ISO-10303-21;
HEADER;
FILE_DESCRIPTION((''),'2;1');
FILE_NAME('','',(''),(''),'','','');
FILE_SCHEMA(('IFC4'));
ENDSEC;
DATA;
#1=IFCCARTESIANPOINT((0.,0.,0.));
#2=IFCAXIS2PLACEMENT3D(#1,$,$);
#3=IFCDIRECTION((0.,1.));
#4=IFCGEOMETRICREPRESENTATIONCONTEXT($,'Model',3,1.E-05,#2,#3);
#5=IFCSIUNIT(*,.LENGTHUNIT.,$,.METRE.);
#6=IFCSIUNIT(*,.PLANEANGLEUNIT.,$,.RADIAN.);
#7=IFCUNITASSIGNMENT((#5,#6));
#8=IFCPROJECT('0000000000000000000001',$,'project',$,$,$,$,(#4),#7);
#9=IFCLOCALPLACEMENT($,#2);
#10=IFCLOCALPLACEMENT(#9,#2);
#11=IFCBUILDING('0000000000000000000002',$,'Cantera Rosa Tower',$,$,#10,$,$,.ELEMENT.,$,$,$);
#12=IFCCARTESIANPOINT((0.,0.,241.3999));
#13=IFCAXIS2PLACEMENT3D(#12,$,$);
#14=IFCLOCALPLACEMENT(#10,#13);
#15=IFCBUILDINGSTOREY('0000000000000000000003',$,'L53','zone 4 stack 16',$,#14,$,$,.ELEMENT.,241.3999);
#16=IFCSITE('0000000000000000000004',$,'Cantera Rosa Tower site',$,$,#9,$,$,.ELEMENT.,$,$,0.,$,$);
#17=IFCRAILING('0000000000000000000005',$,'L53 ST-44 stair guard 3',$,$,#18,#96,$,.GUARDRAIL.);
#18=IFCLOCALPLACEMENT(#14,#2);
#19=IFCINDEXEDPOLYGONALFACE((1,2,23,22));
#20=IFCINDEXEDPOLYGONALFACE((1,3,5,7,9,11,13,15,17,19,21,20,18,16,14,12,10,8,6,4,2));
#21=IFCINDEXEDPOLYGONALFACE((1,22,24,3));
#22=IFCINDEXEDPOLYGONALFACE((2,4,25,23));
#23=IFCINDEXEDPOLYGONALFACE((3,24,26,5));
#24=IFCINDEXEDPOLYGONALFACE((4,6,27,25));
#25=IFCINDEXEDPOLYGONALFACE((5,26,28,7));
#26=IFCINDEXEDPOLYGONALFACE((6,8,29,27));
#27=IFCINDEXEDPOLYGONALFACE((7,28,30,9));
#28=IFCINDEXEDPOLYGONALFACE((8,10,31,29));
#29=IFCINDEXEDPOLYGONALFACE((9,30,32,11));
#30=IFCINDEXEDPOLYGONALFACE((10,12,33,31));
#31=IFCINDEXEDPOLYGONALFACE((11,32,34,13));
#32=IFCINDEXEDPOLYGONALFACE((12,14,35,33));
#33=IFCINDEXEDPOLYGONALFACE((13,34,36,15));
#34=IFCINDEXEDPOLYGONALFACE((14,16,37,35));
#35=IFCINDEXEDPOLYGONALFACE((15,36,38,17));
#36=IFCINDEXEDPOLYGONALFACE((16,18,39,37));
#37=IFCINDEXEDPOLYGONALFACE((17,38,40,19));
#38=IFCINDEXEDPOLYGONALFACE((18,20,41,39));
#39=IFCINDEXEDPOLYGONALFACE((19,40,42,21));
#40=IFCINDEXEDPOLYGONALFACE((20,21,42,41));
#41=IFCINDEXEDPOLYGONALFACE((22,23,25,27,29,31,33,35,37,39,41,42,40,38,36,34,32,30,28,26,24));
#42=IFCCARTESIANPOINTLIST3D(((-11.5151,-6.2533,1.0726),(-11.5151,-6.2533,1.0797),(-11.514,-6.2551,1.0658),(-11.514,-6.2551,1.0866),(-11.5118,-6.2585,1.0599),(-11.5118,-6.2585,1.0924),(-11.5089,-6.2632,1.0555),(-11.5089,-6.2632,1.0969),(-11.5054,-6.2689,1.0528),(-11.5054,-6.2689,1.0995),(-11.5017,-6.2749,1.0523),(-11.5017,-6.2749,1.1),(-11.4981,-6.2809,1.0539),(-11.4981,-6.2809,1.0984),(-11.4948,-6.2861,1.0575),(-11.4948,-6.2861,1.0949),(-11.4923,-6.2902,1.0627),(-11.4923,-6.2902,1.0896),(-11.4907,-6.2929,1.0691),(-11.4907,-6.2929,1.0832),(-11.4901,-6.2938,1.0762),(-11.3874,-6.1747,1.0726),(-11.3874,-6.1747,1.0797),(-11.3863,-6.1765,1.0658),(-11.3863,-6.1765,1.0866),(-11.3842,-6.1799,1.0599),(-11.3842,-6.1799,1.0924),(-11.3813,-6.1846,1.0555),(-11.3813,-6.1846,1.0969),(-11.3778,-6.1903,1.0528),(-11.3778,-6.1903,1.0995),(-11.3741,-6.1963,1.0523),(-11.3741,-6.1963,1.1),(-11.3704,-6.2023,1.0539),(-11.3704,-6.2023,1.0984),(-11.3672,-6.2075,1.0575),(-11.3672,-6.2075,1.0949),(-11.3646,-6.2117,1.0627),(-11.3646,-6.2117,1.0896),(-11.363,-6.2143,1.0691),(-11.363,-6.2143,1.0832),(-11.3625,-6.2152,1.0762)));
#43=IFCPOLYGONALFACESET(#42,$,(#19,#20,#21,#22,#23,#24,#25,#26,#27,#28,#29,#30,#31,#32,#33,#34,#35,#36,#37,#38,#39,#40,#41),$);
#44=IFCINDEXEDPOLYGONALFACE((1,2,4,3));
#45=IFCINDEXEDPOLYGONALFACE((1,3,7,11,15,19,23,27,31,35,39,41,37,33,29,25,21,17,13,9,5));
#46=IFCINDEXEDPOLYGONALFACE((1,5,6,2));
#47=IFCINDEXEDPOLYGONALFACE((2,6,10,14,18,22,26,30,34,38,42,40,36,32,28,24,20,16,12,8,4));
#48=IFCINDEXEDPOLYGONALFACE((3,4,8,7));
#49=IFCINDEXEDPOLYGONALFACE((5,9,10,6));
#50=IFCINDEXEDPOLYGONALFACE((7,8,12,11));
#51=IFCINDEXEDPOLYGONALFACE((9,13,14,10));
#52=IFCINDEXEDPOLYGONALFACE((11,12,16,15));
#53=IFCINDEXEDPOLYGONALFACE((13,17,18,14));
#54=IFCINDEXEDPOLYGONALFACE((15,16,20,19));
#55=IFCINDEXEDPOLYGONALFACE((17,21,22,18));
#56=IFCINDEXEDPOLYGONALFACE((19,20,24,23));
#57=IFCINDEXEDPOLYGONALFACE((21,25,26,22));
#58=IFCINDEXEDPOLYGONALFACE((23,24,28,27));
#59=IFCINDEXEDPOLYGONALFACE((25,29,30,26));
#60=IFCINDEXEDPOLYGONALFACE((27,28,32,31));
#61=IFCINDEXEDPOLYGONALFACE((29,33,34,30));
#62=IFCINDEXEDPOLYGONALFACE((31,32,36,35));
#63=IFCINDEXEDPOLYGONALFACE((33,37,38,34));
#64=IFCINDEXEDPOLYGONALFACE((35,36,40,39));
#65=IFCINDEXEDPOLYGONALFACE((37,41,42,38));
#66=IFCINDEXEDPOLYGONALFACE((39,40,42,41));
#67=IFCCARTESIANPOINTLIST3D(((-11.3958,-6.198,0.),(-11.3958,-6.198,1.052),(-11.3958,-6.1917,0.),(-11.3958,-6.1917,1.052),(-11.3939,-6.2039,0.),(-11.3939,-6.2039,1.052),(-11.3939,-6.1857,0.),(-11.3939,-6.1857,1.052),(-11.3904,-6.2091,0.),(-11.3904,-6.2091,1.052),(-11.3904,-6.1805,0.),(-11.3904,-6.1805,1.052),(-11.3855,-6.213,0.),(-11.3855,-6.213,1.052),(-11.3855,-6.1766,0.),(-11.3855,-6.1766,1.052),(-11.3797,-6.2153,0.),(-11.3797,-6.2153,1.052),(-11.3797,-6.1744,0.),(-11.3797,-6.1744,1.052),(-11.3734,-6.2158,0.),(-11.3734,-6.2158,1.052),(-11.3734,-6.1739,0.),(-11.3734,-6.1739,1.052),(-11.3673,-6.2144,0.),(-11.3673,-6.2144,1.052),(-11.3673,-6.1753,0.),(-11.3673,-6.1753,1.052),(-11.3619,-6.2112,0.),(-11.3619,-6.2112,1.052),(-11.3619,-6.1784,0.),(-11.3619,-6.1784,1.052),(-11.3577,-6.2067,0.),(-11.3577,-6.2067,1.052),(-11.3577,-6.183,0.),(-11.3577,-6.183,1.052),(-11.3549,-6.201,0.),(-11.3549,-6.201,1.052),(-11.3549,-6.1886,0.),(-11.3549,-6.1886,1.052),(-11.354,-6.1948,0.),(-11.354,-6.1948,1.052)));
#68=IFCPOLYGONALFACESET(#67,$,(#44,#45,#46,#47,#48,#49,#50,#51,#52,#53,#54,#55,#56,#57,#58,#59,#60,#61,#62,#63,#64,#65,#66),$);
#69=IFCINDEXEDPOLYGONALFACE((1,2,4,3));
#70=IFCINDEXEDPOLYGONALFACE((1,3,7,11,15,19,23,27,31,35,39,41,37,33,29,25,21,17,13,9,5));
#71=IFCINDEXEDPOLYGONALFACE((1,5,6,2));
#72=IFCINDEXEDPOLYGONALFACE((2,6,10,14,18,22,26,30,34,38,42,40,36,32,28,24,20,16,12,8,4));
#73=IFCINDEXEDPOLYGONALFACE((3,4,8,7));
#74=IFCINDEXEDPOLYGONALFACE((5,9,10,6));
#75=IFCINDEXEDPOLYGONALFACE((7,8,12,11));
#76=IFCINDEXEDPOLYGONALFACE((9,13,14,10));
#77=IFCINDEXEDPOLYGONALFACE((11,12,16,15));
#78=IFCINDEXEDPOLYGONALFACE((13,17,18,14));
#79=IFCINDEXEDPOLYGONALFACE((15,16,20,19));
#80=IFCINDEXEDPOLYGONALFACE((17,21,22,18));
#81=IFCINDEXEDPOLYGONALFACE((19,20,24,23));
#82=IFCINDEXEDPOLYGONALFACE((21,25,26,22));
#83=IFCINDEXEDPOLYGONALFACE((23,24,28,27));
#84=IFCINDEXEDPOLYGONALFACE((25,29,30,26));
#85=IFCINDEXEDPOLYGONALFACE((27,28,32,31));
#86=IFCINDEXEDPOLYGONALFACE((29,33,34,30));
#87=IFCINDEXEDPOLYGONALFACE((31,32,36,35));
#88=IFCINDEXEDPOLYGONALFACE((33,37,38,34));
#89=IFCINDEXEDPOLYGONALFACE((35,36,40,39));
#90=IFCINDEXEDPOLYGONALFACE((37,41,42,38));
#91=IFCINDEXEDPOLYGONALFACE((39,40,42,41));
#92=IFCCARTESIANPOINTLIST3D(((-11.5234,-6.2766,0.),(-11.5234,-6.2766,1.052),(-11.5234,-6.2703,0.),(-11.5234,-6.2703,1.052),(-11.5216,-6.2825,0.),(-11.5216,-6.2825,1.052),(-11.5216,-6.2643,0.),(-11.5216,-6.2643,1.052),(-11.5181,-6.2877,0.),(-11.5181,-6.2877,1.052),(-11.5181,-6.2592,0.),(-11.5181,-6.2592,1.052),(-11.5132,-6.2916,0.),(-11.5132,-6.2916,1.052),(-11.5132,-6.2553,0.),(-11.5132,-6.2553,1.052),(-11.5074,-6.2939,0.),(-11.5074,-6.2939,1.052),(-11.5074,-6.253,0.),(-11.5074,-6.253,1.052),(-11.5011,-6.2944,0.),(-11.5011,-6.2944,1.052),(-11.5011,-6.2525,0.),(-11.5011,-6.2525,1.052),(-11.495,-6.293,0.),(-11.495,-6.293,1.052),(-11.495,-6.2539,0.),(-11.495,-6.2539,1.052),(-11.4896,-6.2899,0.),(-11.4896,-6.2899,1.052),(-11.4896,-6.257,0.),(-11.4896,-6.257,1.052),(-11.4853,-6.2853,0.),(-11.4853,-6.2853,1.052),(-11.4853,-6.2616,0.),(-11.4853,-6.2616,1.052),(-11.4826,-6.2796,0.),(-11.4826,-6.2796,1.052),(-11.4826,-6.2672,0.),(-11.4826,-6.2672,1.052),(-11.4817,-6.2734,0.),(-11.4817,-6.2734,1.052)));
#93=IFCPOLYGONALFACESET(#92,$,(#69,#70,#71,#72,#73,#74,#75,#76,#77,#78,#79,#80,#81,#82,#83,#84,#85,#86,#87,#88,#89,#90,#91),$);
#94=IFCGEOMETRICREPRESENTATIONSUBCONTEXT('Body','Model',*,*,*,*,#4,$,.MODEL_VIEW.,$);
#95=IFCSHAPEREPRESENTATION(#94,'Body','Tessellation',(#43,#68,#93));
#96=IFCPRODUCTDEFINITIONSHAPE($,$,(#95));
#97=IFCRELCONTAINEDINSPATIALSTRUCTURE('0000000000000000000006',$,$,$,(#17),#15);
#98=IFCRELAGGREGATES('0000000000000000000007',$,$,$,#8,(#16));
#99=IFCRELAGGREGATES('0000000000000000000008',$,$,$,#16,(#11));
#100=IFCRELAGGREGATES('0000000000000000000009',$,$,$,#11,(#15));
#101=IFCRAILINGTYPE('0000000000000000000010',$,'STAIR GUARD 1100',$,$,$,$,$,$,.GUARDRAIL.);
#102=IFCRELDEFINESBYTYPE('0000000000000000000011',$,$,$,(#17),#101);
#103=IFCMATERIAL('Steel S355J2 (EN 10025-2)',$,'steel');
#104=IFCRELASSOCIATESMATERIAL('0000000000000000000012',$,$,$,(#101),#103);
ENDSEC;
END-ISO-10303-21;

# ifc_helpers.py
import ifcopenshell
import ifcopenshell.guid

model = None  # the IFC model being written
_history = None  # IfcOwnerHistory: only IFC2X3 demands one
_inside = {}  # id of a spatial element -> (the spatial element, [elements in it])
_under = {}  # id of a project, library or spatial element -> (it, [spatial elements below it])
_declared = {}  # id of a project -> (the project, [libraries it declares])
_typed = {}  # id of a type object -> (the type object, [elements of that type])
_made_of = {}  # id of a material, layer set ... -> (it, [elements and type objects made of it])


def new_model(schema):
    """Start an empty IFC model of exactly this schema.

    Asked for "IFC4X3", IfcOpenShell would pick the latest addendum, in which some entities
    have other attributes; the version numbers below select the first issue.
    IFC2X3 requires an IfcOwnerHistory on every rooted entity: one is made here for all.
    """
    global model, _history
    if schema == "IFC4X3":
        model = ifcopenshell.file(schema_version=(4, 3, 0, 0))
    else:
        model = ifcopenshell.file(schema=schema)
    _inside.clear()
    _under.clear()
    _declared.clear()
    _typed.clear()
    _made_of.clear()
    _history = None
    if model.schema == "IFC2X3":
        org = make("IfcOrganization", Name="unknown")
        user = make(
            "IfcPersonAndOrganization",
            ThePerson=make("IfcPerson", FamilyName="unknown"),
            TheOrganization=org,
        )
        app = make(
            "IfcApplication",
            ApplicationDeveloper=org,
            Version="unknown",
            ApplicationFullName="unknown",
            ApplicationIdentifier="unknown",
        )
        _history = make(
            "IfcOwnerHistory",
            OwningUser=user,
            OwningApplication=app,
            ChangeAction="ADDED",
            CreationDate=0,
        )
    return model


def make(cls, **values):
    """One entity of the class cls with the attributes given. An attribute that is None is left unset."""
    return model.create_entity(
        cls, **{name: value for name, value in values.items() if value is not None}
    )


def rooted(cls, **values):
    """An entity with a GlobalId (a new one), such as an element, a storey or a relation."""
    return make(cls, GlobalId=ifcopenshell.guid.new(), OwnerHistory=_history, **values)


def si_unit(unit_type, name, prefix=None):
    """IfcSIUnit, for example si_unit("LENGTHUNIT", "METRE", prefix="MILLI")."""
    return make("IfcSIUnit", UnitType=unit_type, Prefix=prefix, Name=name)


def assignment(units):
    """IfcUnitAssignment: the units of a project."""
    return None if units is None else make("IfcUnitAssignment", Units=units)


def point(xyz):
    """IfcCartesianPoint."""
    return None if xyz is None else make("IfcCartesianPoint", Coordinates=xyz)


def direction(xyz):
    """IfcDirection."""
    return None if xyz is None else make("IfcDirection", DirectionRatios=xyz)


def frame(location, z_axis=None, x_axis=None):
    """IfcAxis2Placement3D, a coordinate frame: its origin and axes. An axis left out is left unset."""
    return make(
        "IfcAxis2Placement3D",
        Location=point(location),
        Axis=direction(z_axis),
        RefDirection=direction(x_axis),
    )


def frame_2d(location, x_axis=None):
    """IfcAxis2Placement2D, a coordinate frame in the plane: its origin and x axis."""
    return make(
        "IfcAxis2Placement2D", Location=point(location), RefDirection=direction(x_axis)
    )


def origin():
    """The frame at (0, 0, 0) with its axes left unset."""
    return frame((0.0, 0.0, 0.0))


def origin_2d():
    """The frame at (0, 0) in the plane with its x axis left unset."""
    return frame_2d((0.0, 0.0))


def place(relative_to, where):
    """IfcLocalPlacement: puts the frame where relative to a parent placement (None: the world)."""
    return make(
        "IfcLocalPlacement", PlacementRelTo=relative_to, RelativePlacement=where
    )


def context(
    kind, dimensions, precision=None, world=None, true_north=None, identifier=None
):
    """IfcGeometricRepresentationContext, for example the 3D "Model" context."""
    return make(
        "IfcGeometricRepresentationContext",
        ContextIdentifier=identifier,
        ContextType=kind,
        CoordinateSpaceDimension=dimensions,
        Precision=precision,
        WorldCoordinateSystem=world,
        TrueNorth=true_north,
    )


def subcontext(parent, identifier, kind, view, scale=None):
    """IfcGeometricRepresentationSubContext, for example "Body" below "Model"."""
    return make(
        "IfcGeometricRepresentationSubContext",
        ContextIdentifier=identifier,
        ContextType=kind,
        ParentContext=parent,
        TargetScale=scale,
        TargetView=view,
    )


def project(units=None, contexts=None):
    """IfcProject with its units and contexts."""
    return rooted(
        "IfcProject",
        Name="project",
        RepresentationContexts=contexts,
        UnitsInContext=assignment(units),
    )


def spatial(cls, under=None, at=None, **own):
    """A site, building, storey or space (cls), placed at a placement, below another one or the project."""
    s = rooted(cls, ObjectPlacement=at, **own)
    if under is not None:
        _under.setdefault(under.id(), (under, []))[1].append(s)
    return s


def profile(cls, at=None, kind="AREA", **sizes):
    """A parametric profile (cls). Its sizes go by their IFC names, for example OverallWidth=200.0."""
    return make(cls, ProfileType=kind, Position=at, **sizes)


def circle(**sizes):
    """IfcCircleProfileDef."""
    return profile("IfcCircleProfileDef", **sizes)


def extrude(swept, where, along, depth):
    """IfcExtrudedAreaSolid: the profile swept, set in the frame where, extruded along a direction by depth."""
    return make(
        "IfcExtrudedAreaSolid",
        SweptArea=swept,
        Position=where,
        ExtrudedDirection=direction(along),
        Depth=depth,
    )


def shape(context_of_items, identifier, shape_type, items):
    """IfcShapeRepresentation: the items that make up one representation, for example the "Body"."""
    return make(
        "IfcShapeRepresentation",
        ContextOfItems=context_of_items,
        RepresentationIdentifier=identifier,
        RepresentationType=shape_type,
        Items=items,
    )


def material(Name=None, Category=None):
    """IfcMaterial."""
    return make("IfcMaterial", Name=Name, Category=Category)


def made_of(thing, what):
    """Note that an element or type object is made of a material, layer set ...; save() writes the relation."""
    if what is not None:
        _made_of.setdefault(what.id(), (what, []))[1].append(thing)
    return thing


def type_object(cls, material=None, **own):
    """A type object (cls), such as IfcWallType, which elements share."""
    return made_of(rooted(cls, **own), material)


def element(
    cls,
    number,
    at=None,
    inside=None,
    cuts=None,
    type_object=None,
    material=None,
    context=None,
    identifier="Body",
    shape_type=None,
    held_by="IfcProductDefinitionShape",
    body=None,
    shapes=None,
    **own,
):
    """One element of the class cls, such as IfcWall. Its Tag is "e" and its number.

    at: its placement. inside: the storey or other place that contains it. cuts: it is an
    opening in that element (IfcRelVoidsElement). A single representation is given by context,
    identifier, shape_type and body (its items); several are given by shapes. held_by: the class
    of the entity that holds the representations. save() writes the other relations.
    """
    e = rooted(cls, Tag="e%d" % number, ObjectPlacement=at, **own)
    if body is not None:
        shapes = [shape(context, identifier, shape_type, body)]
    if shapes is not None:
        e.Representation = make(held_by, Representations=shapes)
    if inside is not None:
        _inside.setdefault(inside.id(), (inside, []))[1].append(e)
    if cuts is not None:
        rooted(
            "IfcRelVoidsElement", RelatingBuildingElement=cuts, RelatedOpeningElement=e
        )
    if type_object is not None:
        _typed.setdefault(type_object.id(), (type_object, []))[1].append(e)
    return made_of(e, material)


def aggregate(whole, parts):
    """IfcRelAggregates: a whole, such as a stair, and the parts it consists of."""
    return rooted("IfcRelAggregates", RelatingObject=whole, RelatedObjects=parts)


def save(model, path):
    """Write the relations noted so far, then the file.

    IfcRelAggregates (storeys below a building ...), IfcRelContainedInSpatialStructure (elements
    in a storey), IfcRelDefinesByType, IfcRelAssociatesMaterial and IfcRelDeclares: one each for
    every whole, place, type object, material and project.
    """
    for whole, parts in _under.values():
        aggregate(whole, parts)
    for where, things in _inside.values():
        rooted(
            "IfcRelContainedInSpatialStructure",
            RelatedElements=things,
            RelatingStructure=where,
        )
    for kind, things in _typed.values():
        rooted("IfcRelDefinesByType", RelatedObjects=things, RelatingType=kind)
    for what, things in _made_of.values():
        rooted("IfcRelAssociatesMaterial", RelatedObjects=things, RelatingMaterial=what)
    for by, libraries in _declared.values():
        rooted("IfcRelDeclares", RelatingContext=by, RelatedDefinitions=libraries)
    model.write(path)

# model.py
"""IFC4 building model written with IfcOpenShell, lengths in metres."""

from ifc_helpers import new_model, si_unit, direction, frame, origin, origin_2d, place, context, subcontext, project, spatial, circle, extrude, material, type_object, element, save


model = new_model("IFC4")

# Units and contexts
model_context = context("Model", 3, precision=1e-05, world=origin(), true_north=direction((0.0, 1.0)))
body_context = subcontext(model_context, "Body", "Model", "MODEL_VIEW")
ifc_project = project(units=[si_unit("LENGTHUNIT", "METRE"), si_unit("PLANEANGLEUNIT", "RADIAN")], contexts=[model_context])

# Site, building, storey
site_placement = place(None, origin())
site = spatial("IfcSite", under=ifc_project, at=site_placement, Name="Cantera Rosa Tower site", CompositionType="ELEMENT", RefElevation=0.0)
building_placement = place(site_placement, origin())
building = spatial("IfcBuilding", under=site, at=building_placement, Name="Cantera Rosa Tower", CompositionType="ELEMENT")
storey_placement = place(building_placement, frame((0.0, 0.0, 241.3999)))
storey = spatial("IfcBuildingStorey", under=building, at=storey_placement, Name="L53", Description="zone 4 stack 16", CompositionType="ELEMENT", Elevation=241.3999)

# Railing
ifc_material_1 = material(Name="Steel S355J2 (EN 10025-2)", Category="steel")
railing_type_1 = type_object("IfcRailingType", Name="STAIR GUARD 1100", PredefinedType="GUARDRAIL", material=ifc_material_1)
railing_1_placement = place(storey_placement, frame((-11.375, -6.1948, 0.0)))
element("IfcRailing", 1, at=railing_1_placement, inside=storey, type_object=railing_type_1, Name="L53 ST-44 stair guard 3", PredefinedType="GUARDRAIL", context=body_context, shape_type="SweptSolid", body=[
    extrude(circle(Radius=0.0239, at=origin_2d()), frame((0.0, 0.0, 1.0762), z_axis=(-0.851546, -0.524279, 0.0), x_axis=(0.524279, -0.851546, 0.0)), (0.0, 0.0, 1.0), 0.1499),
    extrude(circle(Radius=0.021, at=origin_2d()), origin(), (0.0, 0.0, 1.0), 1.052),
    extrude(circle(Radius=0.021, at=origin_2d()), frame((-0.1277, -0.0786, 0.0)), (0.0, 0.0, 1.0), 1.052),
])

save(model, "model.ifc")
